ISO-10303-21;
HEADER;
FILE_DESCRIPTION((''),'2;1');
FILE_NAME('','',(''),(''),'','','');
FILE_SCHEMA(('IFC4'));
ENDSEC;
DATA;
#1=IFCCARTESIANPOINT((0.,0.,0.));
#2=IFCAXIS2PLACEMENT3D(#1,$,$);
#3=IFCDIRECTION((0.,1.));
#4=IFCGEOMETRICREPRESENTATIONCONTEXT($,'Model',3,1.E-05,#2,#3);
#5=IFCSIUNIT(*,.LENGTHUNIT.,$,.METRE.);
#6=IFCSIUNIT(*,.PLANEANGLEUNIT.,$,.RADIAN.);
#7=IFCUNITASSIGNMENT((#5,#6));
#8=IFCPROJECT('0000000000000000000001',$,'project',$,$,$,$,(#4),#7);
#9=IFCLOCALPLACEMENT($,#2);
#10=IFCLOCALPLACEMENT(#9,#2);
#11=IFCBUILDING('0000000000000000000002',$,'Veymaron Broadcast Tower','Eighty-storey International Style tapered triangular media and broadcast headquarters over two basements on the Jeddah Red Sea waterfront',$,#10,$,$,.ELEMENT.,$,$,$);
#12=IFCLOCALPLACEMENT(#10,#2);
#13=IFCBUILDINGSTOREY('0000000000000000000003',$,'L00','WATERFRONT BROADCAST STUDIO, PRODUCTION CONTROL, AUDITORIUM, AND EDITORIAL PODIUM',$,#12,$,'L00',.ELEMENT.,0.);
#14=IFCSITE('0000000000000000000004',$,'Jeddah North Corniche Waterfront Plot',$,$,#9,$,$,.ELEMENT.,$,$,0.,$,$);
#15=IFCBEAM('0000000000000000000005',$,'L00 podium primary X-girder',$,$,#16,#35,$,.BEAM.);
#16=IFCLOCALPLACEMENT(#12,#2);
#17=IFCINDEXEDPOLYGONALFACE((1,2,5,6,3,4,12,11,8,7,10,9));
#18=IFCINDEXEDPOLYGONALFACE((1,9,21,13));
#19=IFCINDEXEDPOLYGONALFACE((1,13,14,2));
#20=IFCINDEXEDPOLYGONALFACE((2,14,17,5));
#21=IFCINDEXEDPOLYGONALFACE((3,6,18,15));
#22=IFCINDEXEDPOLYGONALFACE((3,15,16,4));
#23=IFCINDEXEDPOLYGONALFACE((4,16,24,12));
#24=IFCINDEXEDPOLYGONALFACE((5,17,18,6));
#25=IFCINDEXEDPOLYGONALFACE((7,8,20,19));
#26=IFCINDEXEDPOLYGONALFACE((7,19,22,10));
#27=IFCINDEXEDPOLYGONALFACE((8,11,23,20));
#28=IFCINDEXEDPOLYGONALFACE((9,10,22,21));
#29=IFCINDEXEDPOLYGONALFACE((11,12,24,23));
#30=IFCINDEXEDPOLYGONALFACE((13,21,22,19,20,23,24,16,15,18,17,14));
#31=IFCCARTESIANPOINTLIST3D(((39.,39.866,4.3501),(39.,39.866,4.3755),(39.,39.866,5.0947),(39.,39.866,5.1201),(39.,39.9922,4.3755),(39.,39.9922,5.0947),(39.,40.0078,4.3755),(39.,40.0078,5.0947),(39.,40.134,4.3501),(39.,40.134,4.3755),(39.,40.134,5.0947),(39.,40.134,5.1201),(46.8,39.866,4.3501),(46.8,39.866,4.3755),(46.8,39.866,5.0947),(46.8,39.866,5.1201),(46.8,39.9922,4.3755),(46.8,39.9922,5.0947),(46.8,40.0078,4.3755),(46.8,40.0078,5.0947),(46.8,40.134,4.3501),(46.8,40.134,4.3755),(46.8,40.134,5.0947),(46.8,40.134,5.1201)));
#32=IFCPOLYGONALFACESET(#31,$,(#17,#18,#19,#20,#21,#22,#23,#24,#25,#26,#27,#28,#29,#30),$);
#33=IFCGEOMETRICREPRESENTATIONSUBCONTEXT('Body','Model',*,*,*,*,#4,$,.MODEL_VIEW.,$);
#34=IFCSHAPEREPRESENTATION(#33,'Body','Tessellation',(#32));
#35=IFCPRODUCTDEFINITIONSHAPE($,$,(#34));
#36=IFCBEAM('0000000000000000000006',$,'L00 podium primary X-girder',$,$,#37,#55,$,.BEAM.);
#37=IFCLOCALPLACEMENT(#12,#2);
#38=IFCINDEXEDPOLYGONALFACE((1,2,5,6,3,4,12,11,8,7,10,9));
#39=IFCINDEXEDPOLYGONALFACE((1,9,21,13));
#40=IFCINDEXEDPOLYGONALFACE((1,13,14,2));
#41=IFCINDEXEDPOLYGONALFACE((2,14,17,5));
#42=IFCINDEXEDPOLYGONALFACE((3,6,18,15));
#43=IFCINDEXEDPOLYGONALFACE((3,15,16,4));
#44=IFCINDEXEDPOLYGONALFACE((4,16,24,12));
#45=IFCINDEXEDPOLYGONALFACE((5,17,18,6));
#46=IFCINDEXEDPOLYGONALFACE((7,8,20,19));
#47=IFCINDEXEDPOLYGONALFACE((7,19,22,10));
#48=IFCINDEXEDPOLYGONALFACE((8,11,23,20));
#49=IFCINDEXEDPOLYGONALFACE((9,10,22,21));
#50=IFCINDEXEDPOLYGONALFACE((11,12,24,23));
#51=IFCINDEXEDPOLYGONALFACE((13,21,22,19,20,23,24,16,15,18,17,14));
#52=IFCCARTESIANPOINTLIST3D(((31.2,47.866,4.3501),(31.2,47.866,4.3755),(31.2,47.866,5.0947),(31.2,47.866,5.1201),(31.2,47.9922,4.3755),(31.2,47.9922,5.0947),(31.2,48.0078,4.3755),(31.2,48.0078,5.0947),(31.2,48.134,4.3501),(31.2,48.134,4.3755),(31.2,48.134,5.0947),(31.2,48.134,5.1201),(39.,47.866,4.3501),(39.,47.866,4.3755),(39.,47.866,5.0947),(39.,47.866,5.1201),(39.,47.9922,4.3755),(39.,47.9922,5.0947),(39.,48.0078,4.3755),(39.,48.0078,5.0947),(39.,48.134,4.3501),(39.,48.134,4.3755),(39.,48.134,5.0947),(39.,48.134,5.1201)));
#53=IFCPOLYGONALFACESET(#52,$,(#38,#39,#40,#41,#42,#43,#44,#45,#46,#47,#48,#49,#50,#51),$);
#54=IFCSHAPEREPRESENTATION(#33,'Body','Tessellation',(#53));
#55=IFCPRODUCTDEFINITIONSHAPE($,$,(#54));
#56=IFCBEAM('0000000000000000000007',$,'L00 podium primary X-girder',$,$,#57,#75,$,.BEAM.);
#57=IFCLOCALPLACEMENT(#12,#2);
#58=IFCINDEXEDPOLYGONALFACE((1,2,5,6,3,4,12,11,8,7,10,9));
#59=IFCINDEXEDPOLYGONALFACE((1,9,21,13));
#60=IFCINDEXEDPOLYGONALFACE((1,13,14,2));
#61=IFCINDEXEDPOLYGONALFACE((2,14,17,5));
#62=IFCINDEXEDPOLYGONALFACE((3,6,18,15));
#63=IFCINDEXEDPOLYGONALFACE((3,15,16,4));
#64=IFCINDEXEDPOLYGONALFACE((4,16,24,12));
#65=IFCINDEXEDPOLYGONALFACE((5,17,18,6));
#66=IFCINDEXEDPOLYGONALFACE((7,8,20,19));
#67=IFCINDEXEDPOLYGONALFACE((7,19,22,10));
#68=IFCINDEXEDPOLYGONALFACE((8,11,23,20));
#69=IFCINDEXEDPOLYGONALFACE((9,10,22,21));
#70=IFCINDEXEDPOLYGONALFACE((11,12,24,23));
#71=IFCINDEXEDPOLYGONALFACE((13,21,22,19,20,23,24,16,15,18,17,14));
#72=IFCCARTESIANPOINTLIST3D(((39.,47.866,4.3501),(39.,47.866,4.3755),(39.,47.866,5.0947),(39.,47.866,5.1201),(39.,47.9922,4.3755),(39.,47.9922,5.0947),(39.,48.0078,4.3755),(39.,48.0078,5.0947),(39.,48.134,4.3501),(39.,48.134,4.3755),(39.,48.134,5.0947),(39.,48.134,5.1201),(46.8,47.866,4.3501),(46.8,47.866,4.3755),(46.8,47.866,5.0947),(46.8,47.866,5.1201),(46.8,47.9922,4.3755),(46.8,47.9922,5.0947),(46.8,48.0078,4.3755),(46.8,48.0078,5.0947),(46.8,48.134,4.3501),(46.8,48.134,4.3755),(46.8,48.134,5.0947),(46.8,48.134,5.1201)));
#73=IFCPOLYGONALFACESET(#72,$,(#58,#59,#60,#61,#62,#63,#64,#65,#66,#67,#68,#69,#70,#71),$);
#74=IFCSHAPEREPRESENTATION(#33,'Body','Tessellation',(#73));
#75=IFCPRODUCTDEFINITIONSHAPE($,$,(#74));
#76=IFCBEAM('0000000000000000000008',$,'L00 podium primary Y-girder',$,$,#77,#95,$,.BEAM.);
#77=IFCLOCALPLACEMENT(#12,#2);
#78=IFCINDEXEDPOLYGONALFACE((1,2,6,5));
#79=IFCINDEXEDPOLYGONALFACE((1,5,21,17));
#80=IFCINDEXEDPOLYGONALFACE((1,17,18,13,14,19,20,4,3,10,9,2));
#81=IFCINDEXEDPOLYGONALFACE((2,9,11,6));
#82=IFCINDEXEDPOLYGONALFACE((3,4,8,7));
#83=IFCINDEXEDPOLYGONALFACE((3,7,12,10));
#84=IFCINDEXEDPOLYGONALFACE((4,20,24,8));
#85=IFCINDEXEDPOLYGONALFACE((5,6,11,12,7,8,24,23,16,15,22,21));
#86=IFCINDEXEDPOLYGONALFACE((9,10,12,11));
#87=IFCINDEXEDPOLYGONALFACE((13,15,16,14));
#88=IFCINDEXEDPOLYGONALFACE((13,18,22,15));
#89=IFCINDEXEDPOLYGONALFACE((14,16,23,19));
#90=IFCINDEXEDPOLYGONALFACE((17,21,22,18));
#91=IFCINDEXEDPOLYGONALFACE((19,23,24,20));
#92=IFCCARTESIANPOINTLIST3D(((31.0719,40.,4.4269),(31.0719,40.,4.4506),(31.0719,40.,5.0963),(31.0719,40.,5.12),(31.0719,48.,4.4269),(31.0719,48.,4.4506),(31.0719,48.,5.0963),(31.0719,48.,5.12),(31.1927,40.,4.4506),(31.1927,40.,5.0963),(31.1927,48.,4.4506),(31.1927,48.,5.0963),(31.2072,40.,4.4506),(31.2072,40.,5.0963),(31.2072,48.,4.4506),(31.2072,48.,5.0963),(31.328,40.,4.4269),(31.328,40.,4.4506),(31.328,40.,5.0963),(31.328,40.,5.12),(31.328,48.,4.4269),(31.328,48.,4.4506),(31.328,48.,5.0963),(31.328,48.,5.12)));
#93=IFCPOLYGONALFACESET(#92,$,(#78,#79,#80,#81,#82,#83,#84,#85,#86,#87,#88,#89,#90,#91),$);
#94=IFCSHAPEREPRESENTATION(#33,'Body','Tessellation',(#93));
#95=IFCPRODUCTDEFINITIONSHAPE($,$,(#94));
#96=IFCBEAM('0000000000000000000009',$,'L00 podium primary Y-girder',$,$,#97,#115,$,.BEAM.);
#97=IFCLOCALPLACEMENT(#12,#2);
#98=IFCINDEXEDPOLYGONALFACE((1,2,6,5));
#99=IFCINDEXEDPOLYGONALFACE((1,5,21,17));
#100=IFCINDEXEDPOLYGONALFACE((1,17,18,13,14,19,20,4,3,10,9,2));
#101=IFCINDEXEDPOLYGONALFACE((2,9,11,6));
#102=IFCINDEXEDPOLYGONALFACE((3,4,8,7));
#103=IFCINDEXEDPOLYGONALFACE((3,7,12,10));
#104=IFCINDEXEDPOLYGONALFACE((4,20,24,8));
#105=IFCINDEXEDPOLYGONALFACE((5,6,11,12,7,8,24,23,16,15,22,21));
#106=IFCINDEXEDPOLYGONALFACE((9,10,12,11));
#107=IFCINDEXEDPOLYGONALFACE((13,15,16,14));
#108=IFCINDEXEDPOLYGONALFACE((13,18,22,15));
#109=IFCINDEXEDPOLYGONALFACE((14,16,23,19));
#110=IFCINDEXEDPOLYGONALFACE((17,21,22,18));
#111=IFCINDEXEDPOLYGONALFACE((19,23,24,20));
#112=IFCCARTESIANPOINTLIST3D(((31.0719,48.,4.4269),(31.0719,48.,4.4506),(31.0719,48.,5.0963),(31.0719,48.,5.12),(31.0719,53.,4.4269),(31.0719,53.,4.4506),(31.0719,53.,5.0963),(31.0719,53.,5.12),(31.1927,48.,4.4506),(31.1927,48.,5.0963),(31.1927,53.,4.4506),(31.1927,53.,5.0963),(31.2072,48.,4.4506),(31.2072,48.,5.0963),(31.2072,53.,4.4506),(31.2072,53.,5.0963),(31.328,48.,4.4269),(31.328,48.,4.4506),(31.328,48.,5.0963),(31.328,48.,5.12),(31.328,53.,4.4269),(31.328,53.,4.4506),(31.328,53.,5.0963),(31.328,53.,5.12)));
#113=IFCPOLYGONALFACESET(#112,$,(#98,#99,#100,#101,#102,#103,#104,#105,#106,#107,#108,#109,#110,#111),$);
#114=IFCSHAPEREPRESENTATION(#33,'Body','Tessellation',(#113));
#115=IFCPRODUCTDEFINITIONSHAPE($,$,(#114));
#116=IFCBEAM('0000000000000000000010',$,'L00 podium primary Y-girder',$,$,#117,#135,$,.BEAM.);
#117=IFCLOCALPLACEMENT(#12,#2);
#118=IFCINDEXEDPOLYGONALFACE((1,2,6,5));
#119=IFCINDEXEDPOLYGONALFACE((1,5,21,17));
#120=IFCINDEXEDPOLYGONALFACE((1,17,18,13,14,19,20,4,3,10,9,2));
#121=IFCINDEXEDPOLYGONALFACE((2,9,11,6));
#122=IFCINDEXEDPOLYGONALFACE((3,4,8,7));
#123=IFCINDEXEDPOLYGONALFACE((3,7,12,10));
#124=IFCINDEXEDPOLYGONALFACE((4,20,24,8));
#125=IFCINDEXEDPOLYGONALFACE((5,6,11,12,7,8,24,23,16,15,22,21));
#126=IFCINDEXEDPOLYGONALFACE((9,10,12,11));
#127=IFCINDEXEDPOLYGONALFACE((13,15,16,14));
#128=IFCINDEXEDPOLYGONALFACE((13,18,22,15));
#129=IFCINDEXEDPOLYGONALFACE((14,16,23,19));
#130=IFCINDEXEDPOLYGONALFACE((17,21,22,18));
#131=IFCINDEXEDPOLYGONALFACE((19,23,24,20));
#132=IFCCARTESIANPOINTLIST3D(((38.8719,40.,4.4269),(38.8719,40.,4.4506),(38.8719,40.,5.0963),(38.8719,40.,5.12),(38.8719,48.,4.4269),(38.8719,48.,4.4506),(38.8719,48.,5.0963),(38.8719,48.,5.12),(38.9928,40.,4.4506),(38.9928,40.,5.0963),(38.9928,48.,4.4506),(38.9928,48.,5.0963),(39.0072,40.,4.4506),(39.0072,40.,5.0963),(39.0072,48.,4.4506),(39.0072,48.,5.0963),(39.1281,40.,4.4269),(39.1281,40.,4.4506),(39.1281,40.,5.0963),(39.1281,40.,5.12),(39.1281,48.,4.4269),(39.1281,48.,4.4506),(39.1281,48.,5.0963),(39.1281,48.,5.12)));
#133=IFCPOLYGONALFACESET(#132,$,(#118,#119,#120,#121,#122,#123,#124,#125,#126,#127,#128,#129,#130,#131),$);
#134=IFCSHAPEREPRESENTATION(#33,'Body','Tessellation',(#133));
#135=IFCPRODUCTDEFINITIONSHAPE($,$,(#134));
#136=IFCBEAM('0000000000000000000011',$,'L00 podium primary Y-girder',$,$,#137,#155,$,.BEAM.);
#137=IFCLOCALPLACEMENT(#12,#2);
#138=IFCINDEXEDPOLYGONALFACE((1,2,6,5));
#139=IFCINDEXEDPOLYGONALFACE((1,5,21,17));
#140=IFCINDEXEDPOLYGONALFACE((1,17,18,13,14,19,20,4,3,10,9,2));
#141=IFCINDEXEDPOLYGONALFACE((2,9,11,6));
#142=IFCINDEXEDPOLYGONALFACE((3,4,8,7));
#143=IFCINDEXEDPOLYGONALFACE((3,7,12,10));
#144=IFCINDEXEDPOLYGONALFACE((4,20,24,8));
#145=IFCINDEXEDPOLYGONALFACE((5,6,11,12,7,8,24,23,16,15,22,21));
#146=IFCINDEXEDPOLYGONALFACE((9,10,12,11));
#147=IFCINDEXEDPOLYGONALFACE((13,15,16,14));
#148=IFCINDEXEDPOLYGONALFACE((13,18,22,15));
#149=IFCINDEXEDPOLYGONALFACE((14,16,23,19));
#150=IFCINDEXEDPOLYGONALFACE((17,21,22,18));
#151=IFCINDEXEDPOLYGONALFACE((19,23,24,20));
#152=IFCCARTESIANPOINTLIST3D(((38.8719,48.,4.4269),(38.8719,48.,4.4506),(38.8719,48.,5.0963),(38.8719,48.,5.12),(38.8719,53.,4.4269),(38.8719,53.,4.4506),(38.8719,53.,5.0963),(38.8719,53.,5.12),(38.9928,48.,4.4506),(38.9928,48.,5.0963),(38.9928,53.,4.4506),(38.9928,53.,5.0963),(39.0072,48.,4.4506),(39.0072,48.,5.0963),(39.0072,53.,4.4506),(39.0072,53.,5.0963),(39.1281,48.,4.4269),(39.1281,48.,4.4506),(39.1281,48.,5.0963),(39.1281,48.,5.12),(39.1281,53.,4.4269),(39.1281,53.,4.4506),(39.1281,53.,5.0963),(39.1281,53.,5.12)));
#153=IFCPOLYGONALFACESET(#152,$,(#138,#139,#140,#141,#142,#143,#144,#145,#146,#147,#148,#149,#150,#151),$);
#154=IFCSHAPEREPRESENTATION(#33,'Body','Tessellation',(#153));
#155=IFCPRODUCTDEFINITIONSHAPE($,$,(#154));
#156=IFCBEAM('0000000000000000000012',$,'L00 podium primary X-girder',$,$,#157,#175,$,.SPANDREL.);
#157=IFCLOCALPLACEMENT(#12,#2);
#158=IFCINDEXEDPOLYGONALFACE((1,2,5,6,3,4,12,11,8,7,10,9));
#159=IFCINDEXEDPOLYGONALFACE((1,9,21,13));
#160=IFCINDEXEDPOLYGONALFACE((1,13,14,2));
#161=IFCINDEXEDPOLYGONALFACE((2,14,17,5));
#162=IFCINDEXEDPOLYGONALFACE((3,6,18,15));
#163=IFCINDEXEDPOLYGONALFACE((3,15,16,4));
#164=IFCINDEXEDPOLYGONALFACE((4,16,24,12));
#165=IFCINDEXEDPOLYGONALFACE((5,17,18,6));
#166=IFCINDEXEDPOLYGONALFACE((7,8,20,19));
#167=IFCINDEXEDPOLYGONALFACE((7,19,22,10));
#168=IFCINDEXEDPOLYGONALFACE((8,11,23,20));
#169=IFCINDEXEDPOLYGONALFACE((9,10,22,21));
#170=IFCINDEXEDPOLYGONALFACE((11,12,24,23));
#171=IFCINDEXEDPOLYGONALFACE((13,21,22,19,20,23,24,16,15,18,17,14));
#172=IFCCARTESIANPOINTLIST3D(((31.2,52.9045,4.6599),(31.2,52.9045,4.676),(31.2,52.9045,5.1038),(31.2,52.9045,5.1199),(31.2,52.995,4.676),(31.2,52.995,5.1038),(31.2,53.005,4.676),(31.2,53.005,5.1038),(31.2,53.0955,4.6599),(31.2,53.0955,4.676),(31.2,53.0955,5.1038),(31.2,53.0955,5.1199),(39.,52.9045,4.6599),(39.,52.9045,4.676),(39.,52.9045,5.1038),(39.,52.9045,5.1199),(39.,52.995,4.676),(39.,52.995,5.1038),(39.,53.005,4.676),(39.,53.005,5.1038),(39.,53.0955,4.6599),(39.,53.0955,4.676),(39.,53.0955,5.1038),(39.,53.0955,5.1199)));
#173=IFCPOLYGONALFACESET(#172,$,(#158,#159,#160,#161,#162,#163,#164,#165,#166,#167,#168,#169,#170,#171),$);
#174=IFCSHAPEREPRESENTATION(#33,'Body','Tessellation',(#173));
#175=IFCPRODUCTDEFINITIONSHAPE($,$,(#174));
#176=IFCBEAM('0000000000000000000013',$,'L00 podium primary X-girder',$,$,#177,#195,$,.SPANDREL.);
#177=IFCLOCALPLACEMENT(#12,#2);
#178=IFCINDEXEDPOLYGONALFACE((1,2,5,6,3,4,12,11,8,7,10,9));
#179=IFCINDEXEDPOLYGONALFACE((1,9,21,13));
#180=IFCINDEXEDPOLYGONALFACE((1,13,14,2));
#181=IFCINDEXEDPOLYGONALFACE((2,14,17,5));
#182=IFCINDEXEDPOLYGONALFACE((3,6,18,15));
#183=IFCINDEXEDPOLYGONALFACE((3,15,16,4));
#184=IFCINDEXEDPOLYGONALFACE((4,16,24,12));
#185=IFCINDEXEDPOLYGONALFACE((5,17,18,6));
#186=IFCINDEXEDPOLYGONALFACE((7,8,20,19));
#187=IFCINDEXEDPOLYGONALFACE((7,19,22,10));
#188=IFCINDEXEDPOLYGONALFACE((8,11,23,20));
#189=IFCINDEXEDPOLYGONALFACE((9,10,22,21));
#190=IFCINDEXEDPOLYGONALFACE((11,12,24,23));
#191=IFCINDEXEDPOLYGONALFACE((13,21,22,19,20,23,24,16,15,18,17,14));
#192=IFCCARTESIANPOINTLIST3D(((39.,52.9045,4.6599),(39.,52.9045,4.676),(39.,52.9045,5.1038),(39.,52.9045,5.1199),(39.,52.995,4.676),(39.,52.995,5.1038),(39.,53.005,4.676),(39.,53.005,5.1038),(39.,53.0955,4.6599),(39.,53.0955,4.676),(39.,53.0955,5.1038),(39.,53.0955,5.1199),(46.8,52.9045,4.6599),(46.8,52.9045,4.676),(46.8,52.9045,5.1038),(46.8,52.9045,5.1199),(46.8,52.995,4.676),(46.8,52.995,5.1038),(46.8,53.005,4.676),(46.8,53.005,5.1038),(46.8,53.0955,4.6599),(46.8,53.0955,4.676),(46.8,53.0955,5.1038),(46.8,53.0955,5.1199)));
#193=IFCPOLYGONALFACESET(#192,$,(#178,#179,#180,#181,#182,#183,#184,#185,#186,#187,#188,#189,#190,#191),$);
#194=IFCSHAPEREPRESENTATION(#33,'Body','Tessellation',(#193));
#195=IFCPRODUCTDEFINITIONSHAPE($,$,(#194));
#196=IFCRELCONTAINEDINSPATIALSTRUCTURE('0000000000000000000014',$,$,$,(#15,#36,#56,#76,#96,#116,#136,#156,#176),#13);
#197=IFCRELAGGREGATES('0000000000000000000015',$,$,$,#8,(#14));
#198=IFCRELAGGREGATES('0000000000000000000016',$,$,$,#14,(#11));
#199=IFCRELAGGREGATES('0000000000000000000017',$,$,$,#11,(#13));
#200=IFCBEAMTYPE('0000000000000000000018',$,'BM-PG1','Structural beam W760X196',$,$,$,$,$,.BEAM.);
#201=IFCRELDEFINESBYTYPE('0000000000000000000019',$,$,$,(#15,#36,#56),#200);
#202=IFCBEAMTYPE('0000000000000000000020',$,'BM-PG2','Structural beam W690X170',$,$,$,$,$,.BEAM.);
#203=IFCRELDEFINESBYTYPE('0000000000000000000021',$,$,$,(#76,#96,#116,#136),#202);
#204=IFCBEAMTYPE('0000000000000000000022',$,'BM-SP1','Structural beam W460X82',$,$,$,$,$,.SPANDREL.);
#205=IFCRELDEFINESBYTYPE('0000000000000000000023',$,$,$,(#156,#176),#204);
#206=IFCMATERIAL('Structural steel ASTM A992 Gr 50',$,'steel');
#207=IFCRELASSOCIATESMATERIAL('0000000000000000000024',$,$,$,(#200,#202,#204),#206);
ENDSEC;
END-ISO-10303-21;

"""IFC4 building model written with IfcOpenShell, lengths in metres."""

from ifc_helpers import new_model, si_unit, direction, frame, origin, origin_2d, place, context, subcontext, project, spatial, i_section, extrude, material, material_profile, profile_set, type_object, element, save


model = new_model("IFC4")

# Units and contexts
model_context = context("Model", 3, precision=1e-05, world=origin(), true_north=direction((0.0, 1.0)))
body_context = subcontext(model_context, "Body", "Model", "MODEL_VIEW")
ifc_project = project(units=[si_unit("LENGTHUNIT", "METRE"), si_unit("PLANEANGLEUNIT", "RADIAN")], contexts=[model_context])

# Site, building, storey
site_placement = place(None, origin())
site = spatial("IfcSite", under=ifc_project, at=site_placement, Name="Jeddah North Corniche Waterfront Plot", CompositionType="ELEMENT", RefElevation=0.0)
building_placement = place(site_placement, origin())
building = spatial("IfcBuilding", under=site, at=building_placement, Name="Veymaron Broadcast Tower", Description="Eighty-storey International Style tapered triangular media and broadcast headquarters over two basements on the Jeddah Red Sea waterfront", CompositionType="ELEMENT")
storey_placement = place(building_placement, origin())
storey = spatial("IfcBuildingStorey", under=building, at=storey_placement, Name="L00", Description="WATERFRONT BROADCAST STUDIO, PRODUCTION CONTROL, AUDITORIUM, AND EDITORIAL PODIUM", LongName="L00", CompositionType="ELEMENT", Elevation=0.0)

# Shared definitions
ifc_material_1 = material(Name="Structural steel ASTM A992 Gr 50", Category="steel")

# Beams
ifc_material_profile_1 = material_profile(ifc_material_1, i_section(OverallWidth=0.2681, OverallDepth=0.77, WebThickness=0.0156, FlangeThickness=0.0254, at=origin_2d()), Name="W760X196")
ifc_profile_set_1 = profile_set([ifc_material_profile_1], Name="Structural steel ASTM A992 Gr 50")
beam_type_1 = type_object("IfcBeamType", Name="BM-PG1", Description="Structural beam W760X196", PredefinedType="BEAM", material=ifc_profile_set_1)
for number, where, z_axis, x_axis, name in (
    (1, (39.0, 40.0, 4.7351), (1.0, 0.0, 0.0), (0.0, 1.0, 0.0), "L00 podium primary X-girder"),
    (2, (31.2, 48.0, 4.7351), (1.0, 0.0, 0.0), (0.0, 1.0, 0.0), "L00 podium primary X-girder"),
    (3, (39.0, 48.0, 4.7351), (1.0, 0.0, 0.0), (0.0, 1.0, 0.0), "L00 podium primary X-girder"),
):
    element("IfcBeam", number, at=place(storey_placement, frame(where, z_axis=z_axis, x_axis=x_axis)), inside=storey, type_object=beam_type_1, Name=name, PredefinedType="BEAM", context=body_context, shape_type="SweptSolid", body=[
        extrude(i_section(OverallWidth=0.2681, OverallDepth=0.77, WebThickness=0.0156, FlangeThickness=0.0254, at=origin_2d()), origin(), (0.0, 0.0, 1.0), 7.8),
    ])
ifc_material_profile_2 = material_profile(ifc_material_1, i_section(OverallWidth=0.2561, OverallDepth=0.6931, WebThickness=0.0144, FlangeThickness=0.0237, at=origin_2d()), Name="W690X170")
ifc_profile_set_2 = profile_set([ifc_material_profile_2], Name="Structural steel ASTM A992 Gr 50")
beam_type_2 = type_object("IfcBeamType", Name="BM-PG2", Description="Structural beam W690X170", PredefinedType="BEAM", material=ifc_profile_set_2)
beam_1_placement = place(storey_placement, frame((31.2, 40.0, 4.7734), z_axis=(0.0, 1.0, 0.0), x_axis=(-1.0, 0.0, 0.0)))
element("IfcBeam", 4, at=beam_1_placement, inside=storey, type_object=beam_type_2, Name="L00 podium primary Y-girder", PredefinedType="BEAM", context=body_context, shape_type="SweptSolid", body=[
    extrude(i_section(OverallWidth=0.2561, OverallDepth=0.6931, WebThickness=0.0144, FlangeThickness=0.0237, at=origin_2d()), origin(), (0.0, 0.0, 1.0), 8.0),
])
beam_2_placement = place(storey_placement, frame((31.2, 48.0, 4.7734), z_axis=(0.0, 1.0, 0.0), x_axis=(-1.0, 0.0, 0.0)))
element("IfcBeam", 5, at=beam_2_placement, inside=storey, type_object=beam_type_2, Name="L00 podium primary Y-girder", PredefinedType="BEAM", context=body_context, shape_type="SweptSolid", body=[
    extrude(i_section(OverallWidth=0.2561, OverallDepth=0.6931, WebThickness=0.0144, FlangeThickness=0.0237, at=origin_2d()), origin(), (0.0, 0.0, 1.0), 5.0),
])
beam_3_placement = place(storey_placement, frame((39.0, 40.0, 4.7734), z_axis=(0.0, 1.0, 0.0), x_axis=(-1.0, 0.0, 0.0)))
element("IfcBeam", 6, at=beam_3_placement, inside=storey, type_object=beam_type_2, Name="L00 podium primary Y-girder", PredefinedType="BEAM", context=body_context, shape_type="SweptSolid", body=[
    extrude(i_section(OverallWidth=0.2561, OverallDepth=0.6931, WebThickness=0.0144, FlangeThickness=0.0237, at=origin_2d()), origin(), (0.0, 0.0, 1.0), 8.0),
])
beam_4_placement = place(storey_placement, frame((39.0, 48.0, 4.7734), z_axis=(0.0, 1.0, 0.0), x_axis=(-1.0, 0.0, 0.0)))
element("IfcBeam", 7, at=beam_4_placement, inside=storey, type_object=beam_type_2, Name="L00 podium primary Y-girder", PredefinedType="BEAM", context=body_context, shape_type="SweptSolid", body=[
    extrude(i_section(OverallWidth=0.2561, OverallDepth=0.6931, WebThickness=0.0144, FlangeThickness=0.0237, at=origin_2d()), origin(), (0.0, 0.0, 1.0), 5.0),
])
ifc_material_profile_3 = material_profile(ifc_material_1, i_section(OverallWidth=0.1909, OverallDepth=0.46, WebThickness=0.01, FlangeThickness=0.0161, at=origin_2d()), Name="W460X82")
ifc_profile_set_3 = profile_set([ifc_material_profile_3], Name="Structural steel ASTM A992 Gr 50")
beam_type_3 = type_object("IfcBeamType", Name="BM-SP1", Description="Structural beam W460X82", PredefinedType="SPANDREL", material=ifc_profile_set_3)
for number, where, z_axis, x_axis, name in (
    (8, (31.2, 53.0, 4.8899), (1.0, 0.0, 0.0), (0.0, 1.0, 0.0), "L00 podium primary X-girder"),
    (9, (39.0, 53.0, 4.8899), (1.0, 0.0, 0.0), (0.0, 1.0, 0.0), "L00 podium primary X-girder"),
):
    element("IfcBeam", number, at=place(storey_placement, frame(where, z_axis=z_axis, x_axis=x_axis)), inside=storey, type_object=beam_type_3, Name=name, PredefinedType="SPANDREL", context=body_context, shape_type="SweptSolid", body=[
        extrude(i_section(OverallWidth=0.1909, OverallDepth=0.46, WebThickness=0.01, FlangeThickness=0.0161, at=origin_2d()), origin(), (0.0, 0.0, 1.0), 7.8),
    ])

save(model, "model.ifc")
